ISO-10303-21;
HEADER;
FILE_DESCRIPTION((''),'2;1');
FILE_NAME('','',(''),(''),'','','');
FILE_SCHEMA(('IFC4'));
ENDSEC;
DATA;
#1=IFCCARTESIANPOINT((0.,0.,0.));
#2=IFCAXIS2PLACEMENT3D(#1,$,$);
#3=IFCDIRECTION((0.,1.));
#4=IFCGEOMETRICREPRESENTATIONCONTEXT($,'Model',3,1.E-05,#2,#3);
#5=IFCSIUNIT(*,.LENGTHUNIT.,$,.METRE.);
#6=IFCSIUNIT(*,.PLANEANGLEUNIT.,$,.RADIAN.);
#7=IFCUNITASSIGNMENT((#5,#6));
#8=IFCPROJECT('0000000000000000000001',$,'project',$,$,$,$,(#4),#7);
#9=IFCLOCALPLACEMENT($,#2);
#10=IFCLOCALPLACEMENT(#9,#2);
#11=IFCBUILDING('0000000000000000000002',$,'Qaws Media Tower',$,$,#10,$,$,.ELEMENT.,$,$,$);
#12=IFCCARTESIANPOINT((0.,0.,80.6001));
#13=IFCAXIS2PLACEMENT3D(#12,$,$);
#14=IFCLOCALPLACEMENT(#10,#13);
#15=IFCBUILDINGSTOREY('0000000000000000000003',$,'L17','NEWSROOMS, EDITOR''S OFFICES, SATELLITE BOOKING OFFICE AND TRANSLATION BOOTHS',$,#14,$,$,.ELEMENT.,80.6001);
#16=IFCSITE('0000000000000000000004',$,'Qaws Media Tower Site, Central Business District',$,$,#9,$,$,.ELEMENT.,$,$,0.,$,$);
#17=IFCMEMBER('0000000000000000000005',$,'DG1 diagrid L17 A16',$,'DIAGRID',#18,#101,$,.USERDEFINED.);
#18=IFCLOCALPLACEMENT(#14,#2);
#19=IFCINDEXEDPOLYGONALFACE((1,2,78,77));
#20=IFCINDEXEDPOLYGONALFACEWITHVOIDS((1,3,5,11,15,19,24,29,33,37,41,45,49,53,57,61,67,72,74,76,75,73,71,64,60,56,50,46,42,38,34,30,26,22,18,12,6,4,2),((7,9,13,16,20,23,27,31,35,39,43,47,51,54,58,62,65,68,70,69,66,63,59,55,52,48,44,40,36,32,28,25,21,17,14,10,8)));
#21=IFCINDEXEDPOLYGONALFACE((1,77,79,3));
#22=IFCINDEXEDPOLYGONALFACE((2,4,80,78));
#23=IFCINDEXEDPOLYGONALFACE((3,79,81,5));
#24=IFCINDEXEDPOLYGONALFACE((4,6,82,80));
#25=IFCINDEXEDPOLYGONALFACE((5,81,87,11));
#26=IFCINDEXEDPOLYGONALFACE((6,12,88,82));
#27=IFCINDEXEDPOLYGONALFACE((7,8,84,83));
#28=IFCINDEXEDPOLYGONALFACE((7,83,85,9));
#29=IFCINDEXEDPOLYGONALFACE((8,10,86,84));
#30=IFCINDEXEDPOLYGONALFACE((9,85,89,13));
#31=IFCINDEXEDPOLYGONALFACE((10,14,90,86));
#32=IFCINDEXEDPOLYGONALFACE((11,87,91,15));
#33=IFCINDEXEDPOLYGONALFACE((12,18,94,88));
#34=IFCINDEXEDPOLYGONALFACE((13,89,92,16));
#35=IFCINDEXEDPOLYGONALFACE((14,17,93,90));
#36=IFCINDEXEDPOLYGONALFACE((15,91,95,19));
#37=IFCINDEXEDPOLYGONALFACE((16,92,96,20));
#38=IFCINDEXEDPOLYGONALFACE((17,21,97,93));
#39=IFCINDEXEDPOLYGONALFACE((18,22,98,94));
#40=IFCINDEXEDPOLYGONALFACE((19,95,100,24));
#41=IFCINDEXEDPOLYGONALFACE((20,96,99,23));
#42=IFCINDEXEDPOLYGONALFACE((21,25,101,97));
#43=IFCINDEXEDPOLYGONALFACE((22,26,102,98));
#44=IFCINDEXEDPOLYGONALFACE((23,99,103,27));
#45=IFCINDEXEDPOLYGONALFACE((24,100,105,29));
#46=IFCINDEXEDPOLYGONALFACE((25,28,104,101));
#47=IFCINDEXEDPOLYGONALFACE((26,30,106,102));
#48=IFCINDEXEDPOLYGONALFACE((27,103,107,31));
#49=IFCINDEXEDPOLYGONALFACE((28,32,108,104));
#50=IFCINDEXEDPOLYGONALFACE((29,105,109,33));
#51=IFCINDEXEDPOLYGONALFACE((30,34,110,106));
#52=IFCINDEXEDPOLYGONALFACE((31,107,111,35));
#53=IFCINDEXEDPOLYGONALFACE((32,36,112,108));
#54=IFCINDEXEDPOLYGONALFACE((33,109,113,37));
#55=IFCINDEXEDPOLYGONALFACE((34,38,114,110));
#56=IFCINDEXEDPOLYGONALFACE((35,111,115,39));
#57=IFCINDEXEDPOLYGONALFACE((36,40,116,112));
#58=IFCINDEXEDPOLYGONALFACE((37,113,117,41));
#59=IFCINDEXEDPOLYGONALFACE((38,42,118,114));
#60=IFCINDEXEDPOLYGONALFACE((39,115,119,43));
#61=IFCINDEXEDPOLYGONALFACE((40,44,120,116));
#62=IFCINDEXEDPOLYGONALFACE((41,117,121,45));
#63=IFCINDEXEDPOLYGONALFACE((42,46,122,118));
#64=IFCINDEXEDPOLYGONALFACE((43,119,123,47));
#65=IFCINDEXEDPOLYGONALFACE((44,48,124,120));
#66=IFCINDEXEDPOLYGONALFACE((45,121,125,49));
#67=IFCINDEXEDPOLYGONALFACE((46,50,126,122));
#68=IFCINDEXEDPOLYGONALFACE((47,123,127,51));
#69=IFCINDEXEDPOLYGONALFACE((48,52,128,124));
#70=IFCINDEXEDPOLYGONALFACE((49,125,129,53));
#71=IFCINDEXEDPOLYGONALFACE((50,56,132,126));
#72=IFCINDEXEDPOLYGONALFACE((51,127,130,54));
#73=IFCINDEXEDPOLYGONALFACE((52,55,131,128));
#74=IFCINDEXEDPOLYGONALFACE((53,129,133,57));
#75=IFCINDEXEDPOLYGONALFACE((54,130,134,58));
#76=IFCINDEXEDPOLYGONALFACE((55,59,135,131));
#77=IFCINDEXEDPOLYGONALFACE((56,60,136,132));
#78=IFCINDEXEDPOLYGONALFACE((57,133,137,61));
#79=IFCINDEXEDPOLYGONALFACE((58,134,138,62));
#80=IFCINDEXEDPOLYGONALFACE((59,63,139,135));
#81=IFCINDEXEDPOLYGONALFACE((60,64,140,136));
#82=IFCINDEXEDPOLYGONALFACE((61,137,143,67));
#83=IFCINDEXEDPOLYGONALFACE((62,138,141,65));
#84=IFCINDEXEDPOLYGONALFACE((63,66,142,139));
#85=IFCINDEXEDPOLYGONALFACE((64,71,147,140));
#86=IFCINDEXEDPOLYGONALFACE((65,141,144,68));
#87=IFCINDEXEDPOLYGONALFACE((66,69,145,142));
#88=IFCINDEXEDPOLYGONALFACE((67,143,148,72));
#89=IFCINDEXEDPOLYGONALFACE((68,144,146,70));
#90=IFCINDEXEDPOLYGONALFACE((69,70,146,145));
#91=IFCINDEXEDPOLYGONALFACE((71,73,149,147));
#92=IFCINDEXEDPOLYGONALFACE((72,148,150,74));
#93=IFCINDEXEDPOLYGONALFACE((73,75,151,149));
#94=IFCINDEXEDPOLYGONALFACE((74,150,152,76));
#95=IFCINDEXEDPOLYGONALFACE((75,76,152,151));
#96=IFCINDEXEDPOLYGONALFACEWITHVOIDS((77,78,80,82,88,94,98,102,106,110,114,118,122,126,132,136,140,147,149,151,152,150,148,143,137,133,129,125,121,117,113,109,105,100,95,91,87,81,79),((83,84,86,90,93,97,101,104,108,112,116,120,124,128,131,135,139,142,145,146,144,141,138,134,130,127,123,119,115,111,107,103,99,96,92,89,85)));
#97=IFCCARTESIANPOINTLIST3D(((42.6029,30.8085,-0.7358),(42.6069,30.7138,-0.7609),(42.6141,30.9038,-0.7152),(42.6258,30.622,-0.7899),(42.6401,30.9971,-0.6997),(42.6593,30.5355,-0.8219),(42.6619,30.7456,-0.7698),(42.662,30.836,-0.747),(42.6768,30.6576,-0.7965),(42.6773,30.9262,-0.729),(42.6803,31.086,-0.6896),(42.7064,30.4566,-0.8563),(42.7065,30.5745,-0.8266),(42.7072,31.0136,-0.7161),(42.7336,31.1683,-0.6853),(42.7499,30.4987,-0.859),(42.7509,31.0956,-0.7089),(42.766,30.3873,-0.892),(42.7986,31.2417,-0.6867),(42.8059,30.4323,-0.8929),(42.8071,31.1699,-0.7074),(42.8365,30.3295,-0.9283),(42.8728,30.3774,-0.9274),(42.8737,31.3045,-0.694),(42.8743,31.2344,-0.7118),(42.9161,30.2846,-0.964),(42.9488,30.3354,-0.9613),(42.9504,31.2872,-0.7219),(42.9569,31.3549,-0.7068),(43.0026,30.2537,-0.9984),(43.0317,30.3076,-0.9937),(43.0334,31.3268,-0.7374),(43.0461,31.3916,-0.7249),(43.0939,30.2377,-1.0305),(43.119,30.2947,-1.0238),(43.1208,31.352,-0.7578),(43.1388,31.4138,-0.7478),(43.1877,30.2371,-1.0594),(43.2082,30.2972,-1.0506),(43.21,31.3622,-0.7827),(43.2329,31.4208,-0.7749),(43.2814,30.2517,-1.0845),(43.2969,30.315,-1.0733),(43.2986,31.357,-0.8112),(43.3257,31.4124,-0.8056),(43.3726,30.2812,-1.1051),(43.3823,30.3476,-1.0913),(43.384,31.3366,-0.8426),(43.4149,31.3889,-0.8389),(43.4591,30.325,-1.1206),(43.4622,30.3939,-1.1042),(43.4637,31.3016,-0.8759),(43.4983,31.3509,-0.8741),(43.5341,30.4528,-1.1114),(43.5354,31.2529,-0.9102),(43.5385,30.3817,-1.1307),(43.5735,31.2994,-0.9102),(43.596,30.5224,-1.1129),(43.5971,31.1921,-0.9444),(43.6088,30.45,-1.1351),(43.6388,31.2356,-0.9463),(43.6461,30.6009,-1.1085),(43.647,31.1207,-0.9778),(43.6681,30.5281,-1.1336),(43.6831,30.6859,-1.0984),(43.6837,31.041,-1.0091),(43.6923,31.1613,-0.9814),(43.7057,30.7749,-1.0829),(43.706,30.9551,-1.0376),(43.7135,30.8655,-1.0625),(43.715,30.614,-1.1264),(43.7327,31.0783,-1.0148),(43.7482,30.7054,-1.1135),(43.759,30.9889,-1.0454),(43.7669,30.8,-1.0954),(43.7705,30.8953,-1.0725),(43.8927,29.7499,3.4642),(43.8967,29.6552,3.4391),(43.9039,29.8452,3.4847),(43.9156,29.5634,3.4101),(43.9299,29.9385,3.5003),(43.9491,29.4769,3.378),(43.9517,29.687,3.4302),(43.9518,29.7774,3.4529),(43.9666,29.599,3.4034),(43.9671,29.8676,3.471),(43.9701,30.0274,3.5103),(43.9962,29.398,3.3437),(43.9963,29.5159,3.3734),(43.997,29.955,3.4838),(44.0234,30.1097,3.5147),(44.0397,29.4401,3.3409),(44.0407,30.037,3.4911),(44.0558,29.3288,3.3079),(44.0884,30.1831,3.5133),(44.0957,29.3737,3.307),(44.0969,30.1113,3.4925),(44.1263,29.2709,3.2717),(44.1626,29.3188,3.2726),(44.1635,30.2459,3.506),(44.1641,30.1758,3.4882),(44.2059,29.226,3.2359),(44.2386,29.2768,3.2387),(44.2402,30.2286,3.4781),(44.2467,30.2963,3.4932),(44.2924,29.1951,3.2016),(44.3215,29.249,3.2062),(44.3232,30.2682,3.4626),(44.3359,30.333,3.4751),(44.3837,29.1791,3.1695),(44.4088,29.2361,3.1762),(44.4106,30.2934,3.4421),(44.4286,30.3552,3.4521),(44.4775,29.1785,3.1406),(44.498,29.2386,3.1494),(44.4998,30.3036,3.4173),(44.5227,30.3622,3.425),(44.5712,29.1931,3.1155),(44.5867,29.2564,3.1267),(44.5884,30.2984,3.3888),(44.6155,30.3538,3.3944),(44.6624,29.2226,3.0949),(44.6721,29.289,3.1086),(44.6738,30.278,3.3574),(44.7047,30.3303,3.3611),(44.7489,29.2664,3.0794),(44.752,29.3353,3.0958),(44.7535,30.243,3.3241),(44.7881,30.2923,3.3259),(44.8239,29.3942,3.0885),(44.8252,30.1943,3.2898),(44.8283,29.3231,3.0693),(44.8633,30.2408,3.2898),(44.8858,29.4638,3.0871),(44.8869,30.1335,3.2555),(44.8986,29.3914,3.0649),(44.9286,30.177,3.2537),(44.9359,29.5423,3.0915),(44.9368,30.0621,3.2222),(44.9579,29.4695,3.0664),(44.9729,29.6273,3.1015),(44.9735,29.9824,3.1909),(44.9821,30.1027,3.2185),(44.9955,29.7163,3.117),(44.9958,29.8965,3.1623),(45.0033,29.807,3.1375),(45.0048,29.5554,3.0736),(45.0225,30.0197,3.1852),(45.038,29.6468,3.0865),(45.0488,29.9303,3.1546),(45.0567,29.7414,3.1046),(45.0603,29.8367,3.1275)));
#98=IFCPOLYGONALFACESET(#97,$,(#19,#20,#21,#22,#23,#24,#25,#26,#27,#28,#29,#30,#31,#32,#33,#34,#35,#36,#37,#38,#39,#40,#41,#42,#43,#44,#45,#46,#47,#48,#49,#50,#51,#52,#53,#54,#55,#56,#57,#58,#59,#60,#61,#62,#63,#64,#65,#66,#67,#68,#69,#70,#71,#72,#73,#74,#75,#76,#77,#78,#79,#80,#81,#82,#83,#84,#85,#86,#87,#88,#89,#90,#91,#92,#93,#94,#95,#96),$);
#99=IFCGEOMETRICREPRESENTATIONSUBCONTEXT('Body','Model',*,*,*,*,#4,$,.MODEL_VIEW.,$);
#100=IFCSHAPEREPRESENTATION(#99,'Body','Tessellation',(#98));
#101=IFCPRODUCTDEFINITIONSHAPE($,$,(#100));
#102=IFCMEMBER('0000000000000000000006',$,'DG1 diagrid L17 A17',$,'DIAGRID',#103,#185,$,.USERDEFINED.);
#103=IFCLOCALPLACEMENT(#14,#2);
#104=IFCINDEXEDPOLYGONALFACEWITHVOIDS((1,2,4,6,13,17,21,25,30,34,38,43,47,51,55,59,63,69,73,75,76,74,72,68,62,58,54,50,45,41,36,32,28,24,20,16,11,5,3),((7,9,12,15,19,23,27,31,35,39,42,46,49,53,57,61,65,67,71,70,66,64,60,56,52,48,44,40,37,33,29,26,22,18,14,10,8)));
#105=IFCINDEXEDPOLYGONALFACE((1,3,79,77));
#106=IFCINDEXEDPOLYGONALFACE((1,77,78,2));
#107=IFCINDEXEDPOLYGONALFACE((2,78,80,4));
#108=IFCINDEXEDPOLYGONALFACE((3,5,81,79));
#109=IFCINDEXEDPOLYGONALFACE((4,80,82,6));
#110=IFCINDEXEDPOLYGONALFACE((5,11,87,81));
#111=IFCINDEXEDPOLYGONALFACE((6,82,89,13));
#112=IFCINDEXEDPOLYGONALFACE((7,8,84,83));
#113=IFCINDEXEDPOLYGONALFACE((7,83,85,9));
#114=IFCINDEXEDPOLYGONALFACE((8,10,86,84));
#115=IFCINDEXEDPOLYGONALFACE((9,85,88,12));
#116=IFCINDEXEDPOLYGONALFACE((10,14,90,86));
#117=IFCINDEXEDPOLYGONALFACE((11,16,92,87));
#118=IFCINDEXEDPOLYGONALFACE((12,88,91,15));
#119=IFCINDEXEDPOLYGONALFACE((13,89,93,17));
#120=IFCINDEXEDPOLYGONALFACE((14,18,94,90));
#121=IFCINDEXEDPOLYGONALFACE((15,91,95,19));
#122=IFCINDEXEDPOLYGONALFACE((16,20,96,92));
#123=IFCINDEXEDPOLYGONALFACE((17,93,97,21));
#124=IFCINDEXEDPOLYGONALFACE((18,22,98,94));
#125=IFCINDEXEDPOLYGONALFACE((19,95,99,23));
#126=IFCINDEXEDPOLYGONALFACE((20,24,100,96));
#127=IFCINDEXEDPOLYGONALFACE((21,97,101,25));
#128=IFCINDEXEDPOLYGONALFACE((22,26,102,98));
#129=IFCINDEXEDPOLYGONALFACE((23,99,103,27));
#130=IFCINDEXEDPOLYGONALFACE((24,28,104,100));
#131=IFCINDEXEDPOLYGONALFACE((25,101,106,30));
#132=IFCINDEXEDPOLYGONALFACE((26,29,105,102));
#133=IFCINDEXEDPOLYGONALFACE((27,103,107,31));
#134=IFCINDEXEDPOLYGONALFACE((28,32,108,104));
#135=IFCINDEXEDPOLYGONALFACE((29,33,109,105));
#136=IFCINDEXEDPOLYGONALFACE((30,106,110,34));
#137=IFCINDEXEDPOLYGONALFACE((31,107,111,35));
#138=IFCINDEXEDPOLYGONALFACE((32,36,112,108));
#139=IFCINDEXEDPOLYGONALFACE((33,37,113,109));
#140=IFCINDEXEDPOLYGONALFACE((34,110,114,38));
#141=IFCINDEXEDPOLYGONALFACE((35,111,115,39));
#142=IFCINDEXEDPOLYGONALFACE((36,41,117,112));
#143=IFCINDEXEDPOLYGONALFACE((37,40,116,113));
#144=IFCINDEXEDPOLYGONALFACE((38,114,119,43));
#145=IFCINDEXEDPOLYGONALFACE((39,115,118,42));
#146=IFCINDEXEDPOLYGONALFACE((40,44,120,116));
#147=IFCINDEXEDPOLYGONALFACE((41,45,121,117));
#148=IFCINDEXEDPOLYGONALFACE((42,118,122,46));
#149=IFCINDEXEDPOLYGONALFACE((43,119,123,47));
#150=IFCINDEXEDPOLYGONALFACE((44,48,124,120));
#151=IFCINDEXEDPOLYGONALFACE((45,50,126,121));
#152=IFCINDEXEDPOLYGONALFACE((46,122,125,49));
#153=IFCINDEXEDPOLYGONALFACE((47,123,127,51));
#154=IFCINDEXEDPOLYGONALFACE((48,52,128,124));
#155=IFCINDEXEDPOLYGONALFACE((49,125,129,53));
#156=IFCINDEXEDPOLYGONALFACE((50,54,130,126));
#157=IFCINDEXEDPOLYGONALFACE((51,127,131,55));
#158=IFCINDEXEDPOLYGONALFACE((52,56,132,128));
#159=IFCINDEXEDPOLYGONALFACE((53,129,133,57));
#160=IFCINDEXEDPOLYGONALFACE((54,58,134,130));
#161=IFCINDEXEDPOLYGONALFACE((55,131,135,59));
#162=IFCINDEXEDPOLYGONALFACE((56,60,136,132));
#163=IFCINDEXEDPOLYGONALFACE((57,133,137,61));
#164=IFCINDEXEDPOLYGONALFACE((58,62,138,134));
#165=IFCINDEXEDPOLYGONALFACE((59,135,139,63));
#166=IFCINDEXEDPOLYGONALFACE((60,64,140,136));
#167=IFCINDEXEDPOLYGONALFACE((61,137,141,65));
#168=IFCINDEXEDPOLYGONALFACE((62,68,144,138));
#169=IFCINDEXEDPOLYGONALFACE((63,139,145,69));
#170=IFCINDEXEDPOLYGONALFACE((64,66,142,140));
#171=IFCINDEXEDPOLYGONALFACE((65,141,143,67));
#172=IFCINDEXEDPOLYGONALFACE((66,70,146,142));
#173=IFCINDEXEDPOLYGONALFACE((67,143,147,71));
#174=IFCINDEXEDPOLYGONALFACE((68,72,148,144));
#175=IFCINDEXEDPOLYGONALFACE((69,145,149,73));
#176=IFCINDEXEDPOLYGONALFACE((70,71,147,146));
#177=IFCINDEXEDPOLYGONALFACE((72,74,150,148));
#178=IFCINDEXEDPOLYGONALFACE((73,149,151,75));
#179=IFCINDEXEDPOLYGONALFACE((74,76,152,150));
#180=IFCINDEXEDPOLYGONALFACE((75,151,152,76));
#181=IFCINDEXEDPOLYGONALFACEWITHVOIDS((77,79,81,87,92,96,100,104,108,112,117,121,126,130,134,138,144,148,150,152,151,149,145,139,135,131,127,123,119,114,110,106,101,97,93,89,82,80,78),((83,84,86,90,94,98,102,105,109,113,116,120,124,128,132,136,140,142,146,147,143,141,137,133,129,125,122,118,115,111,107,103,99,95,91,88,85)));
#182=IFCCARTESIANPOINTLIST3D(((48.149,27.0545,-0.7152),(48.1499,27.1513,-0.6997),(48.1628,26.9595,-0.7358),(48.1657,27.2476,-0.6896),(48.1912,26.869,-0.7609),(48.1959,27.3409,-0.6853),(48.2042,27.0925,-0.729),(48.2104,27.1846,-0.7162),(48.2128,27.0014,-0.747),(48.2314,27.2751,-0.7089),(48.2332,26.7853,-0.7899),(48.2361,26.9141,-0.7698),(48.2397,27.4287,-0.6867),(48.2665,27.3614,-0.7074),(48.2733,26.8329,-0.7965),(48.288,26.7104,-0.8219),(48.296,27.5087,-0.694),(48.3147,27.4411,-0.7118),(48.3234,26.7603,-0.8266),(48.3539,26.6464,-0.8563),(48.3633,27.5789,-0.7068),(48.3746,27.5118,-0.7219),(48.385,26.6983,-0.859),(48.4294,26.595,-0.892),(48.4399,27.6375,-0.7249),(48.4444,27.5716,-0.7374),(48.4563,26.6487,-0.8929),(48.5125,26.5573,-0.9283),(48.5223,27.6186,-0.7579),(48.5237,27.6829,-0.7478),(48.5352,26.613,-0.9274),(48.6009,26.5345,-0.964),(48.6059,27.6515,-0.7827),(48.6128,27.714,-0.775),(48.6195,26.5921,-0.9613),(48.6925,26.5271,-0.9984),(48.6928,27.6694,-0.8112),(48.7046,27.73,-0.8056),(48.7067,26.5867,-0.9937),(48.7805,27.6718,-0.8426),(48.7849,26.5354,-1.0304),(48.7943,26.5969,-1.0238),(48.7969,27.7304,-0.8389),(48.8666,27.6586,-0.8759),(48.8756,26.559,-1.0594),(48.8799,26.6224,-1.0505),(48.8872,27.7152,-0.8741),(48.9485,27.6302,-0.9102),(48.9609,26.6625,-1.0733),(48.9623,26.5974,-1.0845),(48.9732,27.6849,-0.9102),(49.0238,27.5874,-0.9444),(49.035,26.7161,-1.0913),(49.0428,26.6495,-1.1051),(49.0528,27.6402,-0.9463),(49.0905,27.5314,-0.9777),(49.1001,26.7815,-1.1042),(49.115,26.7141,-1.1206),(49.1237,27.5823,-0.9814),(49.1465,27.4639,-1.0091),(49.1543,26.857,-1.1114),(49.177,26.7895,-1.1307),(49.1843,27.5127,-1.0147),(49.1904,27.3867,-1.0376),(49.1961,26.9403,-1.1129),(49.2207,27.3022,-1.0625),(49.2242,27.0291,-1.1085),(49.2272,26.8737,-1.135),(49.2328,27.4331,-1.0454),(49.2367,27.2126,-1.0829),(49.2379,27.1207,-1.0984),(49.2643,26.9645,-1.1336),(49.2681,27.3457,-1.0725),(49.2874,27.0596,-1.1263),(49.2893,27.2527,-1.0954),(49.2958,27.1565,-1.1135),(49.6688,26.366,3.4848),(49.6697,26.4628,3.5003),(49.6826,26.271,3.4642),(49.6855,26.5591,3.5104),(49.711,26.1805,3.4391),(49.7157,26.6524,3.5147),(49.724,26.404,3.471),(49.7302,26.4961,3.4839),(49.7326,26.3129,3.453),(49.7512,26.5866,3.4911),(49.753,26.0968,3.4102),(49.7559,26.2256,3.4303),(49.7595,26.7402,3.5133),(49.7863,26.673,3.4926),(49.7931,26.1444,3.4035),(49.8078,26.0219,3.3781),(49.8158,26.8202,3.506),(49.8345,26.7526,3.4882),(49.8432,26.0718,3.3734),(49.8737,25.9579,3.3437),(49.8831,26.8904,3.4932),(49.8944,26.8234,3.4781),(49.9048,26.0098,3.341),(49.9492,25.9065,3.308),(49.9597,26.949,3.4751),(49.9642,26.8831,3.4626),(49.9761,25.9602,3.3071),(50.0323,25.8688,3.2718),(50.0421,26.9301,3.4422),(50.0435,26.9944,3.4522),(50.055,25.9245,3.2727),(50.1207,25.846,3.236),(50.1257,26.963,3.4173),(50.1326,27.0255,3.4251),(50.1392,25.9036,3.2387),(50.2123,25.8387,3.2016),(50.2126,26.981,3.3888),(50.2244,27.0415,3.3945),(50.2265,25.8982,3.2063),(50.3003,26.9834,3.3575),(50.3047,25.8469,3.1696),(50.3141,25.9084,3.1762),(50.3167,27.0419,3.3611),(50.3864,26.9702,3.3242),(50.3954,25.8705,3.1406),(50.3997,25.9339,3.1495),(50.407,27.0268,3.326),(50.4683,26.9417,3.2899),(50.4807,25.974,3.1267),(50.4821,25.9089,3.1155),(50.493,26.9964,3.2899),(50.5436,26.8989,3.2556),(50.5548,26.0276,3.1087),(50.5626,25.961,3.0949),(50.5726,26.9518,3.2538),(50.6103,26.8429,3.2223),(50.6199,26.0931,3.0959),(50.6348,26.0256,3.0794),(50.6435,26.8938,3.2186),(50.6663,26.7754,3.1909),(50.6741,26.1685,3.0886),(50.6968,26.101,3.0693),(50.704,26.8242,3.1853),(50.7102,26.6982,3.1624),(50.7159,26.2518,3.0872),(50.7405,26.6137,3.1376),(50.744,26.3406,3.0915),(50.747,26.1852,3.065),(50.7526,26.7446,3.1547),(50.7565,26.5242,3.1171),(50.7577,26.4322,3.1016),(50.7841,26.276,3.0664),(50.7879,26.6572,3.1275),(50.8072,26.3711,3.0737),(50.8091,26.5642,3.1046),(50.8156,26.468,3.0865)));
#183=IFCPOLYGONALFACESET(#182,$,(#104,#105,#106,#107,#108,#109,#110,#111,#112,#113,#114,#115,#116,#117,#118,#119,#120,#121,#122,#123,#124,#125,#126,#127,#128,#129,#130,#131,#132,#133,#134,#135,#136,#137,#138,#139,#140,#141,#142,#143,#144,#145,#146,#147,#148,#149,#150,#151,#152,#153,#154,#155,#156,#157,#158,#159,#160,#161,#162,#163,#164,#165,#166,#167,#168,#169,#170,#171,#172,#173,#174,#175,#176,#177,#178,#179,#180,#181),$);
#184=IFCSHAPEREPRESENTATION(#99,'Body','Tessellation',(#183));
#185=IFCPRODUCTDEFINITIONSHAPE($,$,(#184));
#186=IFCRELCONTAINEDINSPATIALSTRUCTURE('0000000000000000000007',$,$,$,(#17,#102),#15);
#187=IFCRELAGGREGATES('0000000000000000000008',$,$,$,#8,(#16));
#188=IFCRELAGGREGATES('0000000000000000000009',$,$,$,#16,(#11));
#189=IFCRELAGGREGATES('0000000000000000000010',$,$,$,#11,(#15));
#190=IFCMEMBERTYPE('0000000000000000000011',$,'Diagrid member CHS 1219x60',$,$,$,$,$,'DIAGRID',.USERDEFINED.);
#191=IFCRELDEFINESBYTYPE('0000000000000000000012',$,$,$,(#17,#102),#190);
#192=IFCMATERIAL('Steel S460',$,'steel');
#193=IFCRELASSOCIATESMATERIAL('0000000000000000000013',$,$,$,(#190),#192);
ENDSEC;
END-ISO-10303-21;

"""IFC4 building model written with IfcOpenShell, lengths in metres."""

from ifc_helpers import new_model, si_unit, direction, frame, origin, origin_2d, place, context, subcontext, project, spatial, hollow_circle, extrude, material, material_profile, profile_set, type_object, element, save


model = new_model("IFC4")

# Units and contexts
model_context = context("Model", 3, precision=1e-05, world=origin(), true_north=direction((0.0, 1.0)))
body_context = subcontext(model_context, "Body", "Model", "MODEL_VIEW")
ifc_project = project(units=[si_unit("LENGTHUNIT", "METRE"), si_unit("PLANEANGLEUNIT", "RADIAN")], contexts=[model_context])

# Site, building, storey
site_placement = place(None, origin())
site = spatial("IfcSite", under=ifc_project, at=site_placement, Name="Qaws Media Tower Site, Central Business District", CompositionType="ELEMENT", RefElevation=0.0)
building_placement = place(site_placement, origin())
building = spatial("IfcBuilding", under=site, at=building_placement, Name="Qaws Media Tower", CompositionType="ELEMENT")
storey_placement = place(building_placement, frame((0.0, 0.0, 80.6001)))
storey = spatial("IfcBuildingStorey", under=building, at=storey_placement, Name="L17", Description="NEWSROOMS, EDITOR'S OFFICES, SATELLITE BOOKING OFFICE AND TRANSLATION BOOTHS", CompositionType="ELEMENT", Elevation=80.6001)

# Members
ifc_material_1 = material(Name="Steel S460", Category="steel")
ifc_material_profile_1 = material_profile(ifc_material_1, hollow_circle(Radius=0.6096, WallThickness=0.0601, at=origin_2d()), Name="CHS 1219x60")
ifc_profile_set_1 = profile_set([ifc_material_profile_1], Name="Steel S460")
member_type_1 = type_object("IfcMemberType", Name="Diagrid member CHS 1219x60", ElementType="DIAGRID", PredefinedType="USERDEFINED", material=ifc_profile_set_1)
for number, where, z_axis, x_axis, name in (
    (1, (43.1868, 30.8281, -0.9102), (0.285399, -0.23424, 0.929343), (0.634424, 0.772985, 0.0), "DG1 diagrid L17 A16"),
    (2, (48.7217, 27.1296, -0.9102), (0.336292, -0.152344, 0.929354), (0.412645, 0.910892, 0.0), "DG1 diagrid L17 A17"),
):
    element("IfcMember", number, at=place(storey_placement, frame(where, z_axis=z_axis, x_axis=x_axis)), inside=storey, type_object=member_type_1, Name=name, ObjectType="DIAGRID", PredefinedType="USERDEFINED", context=body_context, shape_type="SweptSolid", body=[
        extrude(hollow_circle(Radius=0.6096, WallThickness=0.0601, at=origin_2d()), origin(), (0.0, 0.0, 1.0), 4.5193),
    ])

save(model, "model.ifc")
